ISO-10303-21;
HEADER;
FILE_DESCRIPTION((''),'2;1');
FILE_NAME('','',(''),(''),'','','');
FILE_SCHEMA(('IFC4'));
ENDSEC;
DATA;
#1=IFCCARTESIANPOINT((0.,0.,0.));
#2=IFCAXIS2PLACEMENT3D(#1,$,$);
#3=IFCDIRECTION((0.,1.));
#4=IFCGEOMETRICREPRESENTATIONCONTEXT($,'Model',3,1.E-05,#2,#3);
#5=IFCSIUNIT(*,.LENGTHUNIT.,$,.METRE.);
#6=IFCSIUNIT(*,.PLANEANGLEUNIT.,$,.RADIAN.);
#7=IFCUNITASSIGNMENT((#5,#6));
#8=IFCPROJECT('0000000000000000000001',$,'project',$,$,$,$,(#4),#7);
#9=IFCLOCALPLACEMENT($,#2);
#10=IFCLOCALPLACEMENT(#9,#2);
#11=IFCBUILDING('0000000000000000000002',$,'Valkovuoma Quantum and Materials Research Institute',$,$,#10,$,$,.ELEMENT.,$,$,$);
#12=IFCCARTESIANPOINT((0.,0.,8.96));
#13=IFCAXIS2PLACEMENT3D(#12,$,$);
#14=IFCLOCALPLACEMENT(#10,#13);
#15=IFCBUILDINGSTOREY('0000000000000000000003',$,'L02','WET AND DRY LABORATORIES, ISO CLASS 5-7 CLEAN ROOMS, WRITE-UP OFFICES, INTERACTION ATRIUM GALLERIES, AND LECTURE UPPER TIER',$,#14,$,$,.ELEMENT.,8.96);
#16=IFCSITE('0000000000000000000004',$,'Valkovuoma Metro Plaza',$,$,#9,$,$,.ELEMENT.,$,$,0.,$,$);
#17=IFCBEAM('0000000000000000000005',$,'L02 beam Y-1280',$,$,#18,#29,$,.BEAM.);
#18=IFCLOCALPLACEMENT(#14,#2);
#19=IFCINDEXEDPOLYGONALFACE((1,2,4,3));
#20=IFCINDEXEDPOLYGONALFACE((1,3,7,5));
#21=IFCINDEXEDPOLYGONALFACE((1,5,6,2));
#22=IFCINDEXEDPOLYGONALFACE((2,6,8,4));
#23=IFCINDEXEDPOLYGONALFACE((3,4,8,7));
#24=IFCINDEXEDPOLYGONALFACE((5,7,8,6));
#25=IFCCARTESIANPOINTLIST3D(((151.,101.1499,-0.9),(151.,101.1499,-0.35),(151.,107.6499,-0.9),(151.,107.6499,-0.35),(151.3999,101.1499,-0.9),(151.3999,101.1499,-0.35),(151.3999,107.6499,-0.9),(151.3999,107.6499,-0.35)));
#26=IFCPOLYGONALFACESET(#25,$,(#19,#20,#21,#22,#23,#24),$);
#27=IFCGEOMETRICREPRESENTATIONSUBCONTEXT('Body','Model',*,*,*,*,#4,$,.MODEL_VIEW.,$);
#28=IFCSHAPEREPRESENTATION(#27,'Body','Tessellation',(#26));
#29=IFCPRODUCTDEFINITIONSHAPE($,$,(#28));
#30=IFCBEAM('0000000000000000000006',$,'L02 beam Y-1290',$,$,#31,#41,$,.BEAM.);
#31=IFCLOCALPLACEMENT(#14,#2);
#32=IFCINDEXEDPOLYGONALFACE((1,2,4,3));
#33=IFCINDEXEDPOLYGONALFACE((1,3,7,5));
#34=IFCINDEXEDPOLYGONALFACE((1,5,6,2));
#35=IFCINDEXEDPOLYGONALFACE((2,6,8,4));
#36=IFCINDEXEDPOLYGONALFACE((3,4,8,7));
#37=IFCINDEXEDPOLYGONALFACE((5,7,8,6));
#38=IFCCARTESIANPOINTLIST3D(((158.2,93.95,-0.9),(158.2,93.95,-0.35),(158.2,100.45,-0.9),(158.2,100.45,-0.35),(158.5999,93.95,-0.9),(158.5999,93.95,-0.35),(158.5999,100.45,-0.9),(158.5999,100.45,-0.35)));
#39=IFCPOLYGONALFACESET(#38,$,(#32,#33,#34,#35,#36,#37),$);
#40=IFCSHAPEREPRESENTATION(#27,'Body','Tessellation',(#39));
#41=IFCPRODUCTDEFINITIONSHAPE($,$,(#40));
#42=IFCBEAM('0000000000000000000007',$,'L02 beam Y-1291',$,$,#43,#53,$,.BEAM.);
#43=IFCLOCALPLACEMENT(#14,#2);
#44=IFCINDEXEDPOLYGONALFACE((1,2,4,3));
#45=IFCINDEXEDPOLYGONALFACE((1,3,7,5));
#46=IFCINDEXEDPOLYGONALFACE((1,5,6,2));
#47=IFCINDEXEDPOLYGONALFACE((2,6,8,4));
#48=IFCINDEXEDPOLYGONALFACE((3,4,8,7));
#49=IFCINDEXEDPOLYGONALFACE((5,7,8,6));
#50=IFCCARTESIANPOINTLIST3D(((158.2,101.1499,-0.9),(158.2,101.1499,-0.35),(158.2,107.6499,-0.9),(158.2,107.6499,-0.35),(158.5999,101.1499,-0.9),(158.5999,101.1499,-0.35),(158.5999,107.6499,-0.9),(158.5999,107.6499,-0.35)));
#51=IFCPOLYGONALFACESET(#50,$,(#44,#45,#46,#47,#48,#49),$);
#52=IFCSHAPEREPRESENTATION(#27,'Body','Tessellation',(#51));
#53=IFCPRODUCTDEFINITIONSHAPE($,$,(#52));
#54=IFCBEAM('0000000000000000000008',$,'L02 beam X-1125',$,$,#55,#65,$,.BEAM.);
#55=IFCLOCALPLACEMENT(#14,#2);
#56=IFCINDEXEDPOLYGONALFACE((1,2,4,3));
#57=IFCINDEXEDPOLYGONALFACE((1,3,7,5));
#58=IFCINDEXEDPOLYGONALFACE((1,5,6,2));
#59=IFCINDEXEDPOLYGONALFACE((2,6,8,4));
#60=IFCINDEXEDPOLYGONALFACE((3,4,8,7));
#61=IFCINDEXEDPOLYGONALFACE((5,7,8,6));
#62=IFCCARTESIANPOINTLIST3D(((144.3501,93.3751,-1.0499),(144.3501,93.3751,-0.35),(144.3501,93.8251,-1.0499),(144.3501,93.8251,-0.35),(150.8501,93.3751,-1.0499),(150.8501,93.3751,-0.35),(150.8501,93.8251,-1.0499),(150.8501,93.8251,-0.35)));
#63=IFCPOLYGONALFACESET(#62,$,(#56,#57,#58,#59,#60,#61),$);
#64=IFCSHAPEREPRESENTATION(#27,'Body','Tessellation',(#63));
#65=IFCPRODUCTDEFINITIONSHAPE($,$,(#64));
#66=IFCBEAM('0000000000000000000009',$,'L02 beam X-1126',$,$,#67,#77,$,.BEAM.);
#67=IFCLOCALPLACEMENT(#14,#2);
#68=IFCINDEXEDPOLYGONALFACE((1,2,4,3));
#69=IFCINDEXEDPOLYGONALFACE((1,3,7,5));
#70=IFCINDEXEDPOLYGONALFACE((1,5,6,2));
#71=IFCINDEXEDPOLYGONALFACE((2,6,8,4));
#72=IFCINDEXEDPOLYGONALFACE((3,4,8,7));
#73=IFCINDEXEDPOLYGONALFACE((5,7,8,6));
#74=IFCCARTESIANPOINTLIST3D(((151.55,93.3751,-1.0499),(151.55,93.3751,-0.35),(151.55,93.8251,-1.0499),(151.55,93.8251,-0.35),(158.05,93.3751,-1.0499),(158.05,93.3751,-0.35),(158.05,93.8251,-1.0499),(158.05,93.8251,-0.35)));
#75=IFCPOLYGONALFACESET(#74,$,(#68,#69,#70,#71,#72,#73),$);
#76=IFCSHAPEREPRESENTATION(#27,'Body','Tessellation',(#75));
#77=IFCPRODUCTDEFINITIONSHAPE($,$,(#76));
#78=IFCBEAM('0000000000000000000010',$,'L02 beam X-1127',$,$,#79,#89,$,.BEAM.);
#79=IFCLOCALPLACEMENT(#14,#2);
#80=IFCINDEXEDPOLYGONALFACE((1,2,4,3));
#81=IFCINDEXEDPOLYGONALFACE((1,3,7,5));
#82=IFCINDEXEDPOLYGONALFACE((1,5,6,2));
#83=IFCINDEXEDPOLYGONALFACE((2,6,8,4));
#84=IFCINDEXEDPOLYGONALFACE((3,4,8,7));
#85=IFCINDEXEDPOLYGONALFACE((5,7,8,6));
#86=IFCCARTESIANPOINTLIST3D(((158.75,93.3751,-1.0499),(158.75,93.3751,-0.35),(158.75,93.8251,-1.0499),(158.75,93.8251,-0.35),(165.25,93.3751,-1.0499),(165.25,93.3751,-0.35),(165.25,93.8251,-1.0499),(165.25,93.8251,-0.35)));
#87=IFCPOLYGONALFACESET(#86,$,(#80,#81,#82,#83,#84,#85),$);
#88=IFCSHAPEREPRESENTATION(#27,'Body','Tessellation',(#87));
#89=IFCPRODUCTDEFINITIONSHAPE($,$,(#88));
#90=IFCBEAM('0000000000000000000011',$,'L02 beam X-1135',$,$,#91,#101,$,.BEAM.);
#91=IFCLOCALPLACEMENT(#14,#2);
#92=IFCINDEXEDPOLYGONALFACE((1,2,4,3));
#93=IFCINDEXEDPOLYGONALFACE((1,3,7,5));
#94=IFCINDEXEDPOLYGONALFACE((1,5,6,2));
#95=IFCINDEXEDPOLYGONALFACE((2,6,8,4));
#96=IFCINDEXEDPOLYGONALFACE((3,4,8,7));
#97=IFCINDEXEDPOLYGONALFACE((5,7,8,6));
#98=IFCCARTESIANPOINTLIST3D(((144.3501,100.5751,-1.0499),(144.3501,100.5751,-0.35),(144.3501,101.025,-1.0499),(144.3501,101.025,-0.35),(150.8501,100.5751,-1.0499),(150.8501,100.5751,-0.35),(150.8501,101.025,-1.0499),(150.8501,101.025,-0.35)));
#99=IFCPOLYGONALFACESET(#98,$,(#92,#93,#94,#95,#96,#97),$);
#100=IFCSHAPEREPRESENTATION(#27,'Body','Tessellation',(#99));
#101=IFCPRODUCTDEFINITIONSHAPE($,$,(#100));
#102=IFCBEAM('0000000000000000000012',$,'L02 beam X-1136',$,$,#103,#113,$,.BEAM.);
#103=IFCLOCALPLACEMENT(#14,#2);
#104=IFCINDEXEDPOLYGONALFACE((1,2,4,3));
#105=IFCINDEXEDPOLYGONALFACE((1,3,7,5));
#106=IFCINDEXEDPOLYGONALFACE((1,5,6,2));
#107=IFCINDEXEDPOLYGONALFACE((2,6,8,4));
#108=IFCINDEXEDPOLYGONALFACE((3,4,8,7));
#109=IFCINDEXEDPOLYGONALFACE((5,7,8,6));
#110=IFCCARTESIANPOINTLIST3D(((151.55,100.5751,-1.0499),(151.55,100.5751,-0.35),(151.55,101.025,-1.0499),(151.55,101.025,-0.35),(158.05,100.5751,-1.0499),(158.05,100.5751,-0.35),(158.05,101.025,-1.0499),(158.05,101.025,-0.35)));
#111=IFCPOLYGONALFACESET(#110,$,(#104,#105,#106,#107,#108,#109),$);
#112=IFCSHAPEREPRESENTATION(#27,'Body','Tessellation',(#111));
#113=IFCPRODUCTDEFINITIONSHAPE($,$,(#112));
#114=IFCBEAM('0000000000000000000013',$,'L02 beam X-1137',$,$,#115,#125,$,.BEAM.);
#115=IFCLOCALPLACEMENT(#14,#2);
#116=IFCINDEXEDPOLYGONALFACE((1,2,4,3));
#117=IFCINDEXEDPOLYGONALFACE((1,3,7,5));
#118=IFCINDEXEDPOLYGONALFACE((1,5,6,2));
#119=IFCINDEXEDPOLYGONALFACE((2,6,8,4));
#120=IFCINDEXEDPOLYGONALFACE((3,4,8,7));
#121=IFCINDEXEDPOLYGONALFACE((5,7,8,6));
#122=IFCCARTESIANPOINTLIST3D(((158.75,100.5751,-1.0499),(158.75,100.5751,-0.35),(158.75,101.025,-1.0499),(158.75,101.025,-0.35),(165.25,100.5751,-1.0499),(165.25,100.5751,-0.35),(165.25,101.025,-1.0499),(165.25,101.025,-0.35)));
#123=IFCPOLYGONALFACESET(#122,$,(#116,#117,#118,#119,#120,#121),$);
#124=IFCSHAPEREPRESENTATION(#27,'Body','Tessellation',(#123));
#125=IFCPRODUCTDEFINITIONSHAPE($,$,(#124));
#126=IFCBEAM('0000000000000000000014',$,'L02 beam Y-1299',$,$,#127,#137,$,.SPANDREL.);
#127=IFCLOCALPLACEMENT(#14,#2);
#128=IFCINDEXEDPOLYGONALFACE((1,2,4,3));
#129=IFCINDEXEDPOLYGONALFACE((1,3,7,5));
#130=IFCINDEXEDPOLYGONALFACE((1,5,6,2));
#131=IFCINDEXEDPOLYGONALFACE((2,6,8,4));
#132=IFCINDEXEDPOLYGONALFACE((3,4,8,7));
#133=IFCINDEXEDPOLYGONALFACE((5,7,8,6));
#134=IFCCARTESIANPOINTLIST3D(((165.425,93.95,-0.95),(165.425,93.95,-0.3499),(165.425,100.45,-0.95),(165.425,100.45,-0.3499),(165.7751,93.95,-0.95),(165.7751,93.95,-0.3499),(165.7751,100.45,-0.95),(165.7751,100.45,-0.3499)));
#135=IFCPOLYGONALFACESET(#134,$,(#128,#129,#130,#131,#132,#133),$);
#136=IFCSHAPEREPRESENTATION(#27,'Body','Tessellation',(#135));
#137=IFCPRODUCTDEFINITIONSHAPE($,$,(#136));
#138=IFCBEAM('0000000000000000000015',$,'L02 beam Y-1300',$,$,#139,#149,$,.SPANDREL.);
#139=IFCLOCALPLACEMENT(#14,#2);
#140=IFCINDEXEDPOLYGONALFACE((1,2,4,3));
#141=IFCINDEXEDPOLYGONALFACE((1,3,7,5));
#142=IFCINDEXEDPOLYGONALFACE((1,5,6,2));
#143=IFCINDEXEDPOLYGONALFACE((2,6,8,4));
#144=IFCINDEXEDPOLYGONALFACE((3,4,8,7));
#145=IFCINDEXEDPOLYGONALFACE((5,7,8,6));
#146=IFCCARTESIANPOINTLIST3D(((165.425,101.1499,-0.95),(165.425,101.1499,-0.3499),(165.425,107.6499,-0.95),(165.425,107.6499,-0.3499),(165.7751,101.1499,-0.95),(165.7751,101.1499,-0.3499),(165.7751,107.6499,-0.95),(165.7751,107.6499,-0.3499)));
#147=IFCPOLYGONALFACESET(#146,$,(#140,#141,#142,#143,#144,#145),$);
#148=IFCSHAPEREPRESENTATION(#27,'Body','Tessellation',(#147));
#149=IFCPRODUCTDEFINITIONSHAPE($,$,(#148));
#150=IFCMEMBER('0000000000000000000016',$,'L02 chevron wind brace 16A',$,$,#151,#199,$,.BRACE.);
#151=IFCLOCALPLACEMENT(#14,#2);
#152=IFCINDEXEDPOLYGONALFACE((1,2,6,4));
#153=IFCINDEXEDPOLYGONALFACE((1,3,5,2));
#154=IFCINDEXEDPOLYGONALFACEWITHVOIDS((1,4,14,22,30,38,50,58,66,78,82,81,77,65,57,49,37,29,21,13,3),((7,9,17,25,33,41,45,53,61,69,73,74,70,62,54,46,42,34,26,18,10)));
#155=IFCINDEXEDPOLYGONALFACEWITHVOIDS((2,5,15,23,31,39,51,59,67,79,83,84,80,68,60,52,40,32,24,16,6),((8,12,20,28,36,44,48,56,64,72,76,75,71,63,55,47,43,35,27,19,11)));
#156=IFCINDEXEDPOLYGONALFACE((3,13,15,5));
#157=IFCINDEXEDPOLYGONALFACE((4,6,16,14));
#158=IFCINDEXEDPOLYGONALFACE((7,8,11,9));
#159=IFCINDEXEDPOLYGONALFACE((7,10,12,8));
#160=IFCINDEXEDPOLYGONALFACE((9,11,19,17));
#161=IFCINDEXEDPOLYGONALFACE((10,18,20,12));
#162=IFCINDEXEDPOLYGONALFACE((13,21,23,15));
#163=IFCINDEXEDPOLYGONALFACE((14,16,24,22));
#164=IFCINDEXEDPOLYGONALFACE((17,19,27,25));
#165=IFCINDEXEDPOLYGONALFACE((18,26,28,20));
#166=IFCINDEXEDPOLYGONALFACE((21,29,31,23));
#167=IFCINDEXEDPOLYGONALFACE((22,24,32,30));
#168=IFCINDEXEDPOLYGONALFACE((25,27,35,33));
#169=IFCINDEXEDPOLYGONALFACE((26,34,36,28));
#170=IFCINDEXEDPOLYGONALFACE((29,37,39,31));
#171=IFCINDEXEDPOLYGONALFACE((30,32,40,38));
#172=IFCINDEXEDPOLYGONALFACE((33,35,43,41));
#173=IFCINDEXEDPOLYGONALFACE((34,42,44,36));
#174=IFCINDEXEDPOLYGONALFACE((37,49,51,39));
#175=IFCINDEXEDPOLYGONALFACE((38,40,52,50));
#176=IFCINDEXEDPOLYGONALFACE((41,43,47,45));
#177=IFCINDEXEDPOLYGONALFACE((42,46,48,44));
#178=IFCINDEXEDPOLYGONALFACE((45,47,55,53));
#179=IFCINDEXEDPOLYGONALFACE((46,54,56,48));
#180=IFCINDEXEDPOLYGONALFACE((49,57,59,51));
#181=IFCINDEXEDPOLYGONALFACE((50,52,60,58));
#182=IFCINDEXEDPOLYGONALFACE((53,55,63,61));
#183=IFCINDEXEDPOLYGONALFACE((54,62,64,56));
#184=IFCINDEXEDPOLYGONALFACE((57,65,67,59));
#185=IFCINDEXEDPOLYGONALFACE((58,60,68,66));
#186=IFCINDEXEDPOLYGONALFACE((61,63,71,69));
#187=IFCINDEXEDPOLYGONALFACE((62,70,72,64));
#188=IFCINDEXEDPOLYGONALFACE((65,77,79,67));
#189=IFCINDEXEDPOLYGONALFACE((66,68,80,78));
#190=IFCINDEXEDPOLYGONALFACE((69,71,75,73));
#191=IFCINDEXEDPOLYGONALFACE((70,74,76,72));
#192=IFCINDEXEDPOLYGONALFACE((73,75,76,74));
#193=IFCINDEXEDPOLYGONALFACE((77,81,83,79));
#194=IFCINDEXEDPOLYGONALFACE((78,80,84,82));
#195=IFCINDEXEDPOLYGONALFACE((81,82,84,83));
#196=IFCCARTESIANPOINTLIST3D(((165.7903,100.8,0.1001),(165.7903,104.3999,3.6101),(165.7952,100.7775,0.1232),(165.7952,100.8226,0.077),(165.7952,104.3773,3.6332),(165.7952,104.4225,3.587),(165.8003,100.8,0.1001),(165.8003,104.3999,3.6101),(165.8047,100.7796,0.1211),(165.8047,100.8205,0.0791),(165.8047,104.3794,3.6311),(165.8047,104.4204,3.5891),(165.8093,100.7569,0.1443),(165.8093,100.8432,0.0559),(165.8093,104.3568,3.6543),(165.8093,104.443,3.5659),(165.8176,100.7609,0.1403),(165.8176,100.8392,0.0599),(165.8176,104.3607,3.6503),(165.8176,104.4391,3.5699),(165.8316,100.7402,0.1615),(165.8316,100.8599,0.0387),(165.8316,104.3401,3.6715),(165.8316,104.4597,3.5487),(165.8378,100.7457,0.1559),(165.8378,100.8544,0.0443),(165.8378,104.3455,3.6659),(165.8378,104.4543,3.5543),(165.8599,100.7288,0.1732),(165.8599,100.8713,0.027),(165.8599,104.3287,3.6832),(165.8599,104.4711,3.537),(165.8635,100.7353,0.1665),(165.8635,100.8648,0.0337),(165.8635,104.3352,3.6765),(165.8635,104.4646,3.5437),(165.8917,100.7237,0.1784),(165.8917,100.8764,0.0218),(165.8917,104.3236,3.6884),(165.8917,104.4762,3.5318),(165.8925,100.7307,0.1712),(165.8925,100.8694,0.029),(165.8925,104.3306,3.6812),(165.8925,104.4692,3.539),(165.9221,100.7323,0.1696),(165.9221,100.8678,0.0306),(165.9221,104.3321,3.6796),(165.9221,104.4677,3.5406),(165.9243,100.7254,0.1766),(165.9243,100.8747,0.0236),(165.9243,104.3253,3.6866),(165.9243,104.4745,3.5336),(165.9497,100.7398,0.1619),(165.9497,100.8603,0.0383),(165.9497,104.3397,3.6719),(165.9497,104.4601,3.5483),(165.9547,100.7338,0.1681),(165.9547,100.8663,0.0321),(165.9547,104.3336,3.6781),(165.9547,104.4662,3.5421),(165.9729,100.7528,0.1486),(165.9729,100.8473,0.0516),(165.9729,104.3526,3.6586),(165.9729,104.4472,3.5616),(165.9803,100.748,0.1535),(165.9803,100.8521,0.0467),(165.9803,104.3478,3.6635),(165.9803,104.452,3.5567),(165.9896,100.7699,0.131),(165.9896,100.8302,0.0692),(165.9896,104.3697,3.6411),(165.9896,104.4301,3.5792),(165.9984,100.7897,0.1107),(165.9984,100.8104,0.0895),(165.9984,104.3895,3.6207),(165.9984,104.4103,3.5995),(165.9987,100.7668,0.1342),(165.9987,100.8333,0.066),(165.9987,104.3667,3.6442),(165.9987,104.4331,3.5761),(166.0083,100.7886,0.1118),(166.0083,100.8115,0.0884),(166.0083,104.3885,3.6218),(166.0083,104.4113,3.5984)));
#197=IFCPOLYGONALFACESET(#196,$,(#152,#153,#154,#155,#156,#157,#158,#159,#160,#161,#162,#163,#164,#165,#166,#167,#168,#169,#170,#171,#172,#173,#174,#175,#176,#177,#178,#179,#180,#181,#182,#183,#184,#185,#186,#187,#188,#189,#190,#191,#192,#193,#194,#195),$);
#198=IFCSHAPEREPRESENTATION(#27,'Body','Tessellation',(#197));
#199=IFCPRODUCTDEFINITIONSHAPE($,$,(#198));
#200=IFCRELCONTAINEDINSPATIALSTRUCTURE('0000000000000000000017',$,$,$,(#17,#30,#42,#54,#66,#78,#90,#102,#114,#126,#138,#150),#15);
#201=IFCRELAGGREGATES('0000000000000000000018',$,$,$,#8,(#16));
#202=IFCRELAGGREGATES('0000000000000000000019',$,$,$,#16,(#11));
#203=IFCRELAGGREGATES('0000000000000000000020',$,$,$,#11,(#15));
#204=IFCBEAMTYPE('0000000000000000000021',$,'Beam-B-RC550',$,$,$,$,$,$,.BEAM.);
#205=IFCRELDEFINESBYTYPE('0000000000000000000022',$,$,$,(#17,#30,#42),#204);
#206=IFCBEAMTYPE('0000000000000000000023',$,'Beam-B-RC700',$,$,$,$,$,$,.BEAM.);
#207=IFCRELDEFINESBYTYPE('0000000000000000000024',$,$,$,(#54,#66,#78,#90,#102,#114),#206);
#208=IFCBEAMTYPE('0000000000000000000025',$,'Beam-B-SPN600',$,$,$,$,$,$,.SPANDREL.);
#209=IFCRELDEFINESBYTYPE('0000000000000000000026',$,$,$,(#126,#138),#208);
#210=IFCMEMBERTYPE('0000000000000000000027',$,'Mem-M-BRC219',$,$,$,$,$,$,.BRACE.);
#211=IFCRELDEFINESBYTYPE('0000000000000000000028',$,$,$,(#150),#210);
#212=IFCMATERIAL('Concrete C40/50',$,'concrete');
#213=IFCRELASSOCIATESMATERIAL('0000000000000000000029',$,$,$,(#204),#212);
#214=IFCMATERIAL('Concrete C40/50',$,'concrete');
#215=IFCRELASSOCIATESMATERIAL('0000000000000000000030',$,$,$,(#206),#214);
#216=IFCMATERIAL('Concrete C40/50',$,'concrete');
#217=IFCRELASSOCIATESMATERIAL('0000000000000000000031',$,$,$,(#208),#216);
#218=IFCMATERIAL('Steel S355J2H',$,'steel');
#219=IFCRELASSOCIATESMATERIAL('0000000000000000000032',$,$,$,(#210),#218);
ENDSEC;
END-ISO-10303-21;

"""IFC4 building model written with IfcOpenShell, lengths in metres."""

from ifc_helpers import new_model, si_unit, direction, frame, origin, origin_2d, place, context, subcontext, project, spatial, rectangle, hollow_circle, extrude, material, material_profile, profile_set, type_object, element, save


model = new_model("IFC4")

# Units and contexts
model_context = context("Model", 3, precision=1e-05, world=origin(), true_north=direction((0.0, 1.0)))
body_context = subcontext(model_context, "Body", "Model", "MODEL_VIEW")
ifc_project = project(units=[si_unit("LENGTHUNIT", "METRE"), si_unit("PLANEANGLEUNIT", "RADIAN")], contexts=[model_context])

# Site, building, storey
site_placement = place(None, origin())
site = spatial("IfcSite", under=ifc_project, at=site_placement, Name="Valkovuoma Metro Plaza", CompositionType="ELEMENT", RefElevation=0.0)
building_placement = place(site_placement, origin())
building = spatial("IfcBuilding", under=site, at=building_placement, Name="Valkovuoma Quantum and Materials Research Institute", CompositionType="ELEMENT")
storey_placement = place(building_placement, frame((0.0, 0.0, 8.96)))
storey = spatial("IfcBuildingStorey", under=building, at=storey_placement, Name="L02", Description="WET AND DRY LABORATORIES, ISO CLASS 5-7 CLEAN ROOMS, WRITE-UP OFFICES, INTERACTION ATRIUM GALLERIES, AND LECTURE UPPER TIER", CompositionType="ELEMENT", Elevation=8.96)

# Beams
ifc_material_1 = material(Name="Concrete C40/50", Category="concrete")
ifc_material_profile_1 = material_profile(ifc_material_1, rectangle(XDim=0.3999, YDim=0.55, at=origin_2d()), Name="Concrete C40/50")
ifc_profile_set_1 = profile_set([ifc_material_profile_1], Name="Concrete C40/50")
beam_type_1 = type_object("IfcBeamType", Name="Beam-B-RC550", PredefinedType="BEAM", material=ifc_profile_set_1)
for number, where, z_axis, x_axis, name in (
    (1, (151.2, 101.1499, -0.625), (0.0, 1.0, 0.0), (-1.0, 0.0, 0.0), "L02 beam Y-1280"),
    (2, (158.3999, 93.95, -0.625), (0.0, 1.0, 0.0), (-1.0, 0.0, 0.0), "L02 beam Y-1290"),
    (3, (158.3999, 101.1499, -0.625), (0.0, 1.0, 0.0), (-1.0, 0.0, 0.0), "L02 beam Y-1291"),
):
    element("IfcBeam", number, at=place(storey_placement, frame(where, z_axis=z_axis, x_axis=x_axis)), inside=storey, type_object=beam_type_1, Name=name, PredefinedType="BEAM", context=body_context, shape_type="SweptSolid", body=[
        extrude(rectangle(XDim=0.3999, YDim=0.55, at=origin_2d()), origin(), (0.0, 0.0, 1.0), 6.5),
    ])
ifc_material_2 = material(Name="Concrete C40/50", Category="concrete")
ifc_material_profile_2 = material_profile(ifc_material_2, rectangle(XDim=0.45, YDim=0.7, at=origin_2d()), Name="Concrete C40/50")
ifc_profile_set_2 = profile_set([ifc_material_profile_2], Name="Concrete C40/50")
beam_type_2 = type_object("IfcBeamType", Name="Beam-B-RC700", PredefinedType="BEAM", material=ifc_profile_set_2)
for number, where, z_axis, x_axis, name in (
    (4, (144.3501, 93.6001, -0.7), (1.0, 0.0, 0.0), (0.0, 1.0, 0.0), "L02 beam X-1125"),
    (5, (151.55, 93.6001, -0.7), (1.0, 0.0, 0.0), (0.0, 1.0, 0.0), "L02 beam X-1126"),
    (6, (158.75, 93.6001, -0.7), (1.0, 0.0, 0.0), (0.0, 1.0, 0.0), "L02 beam X-1127"),
    (7, (144.3501, 100.8, -0.7), (1.0, 0.0, 0.0), (0.0, 1.0, 0.0), "L02 beam X-1135"),
    (8, (151.55, 100.8, -0.7), (1.0, 0.0, 0.0), (0.0, 1.0, 0.0), "L02 beam X-1136"),
    (9, (158.75, 100.8, -0.7), (1.0, 0.0, 0.0), (0.0, 1.0, 0.0), "L02 beam X-1137"),
):
    element("IfcBeam", number, at=place(storey_placement, frame(where, z_axis=z_axis, x_axis=x_axis)), inside=storey, type_object=beam_type_2, Name=name, PredefinedType="BEAM", context=body_context, shape_type="SweptSolid", body=[
        extrude(rectangle(XDim=0.45, YDim=0.7, at=origin_2d()), origin(), (0.0, 0.0, 1.0), 6.5),
    ])
ifc_material_3 = material(Name="Concrete C40/50", Category="concrete")
ifc_material_profile_3 = material_profile(ifc_material_3, rectangle(XDim=0.3501, YDim=0.6001, at=origin_2d()), Name="Concrete C40/50")
ifc_profile_set_3 = profile_set([ifc_material_profile_3], Name="Concrete C40/50")
beam_type_3 = type_object("IfcBeamType", Name="Beam-B-SPN600", PredefinedType="SPANDREL", material=ifc_profile_set_3)
for number, where, z_axis, x_axis, name in (
    (10, (165.6001, 93.95, -0.6499), (0.0, 1.0, 0.0), (-1.0, 0.0, 0.0), "L02 beam Y-1299"),
    (11, (165.6001, 101.1499, -0.6499), (0.0, 1.0, 0.0), (-1.0, 0.0, 0.0), "L02 beam Y-1300"),
):
    element("IfcBeam", number, at=place(storey_placement, frame(where, z_axis=z_axis, x_axis=x_axis)), inside=storey, type_object=beam_type_3, Name=name, PredefinedType="SPANDREL", context=body_context, shape_type="SweptSolid", body=[
        extrude(rectangle(XDim=0.3501, YDim=0.6001, at=origin_2d()), origin(), (0.0, 0.0, 1.0), 6.5),
    ])

# Member
ifc_material_4 = material(Name="Steel S355J2H", Category="steel")
ifc_material_profile_4 = material_profile(ifc_material_4, hollow_circle(Radius=0.1096, WallThickness=0.01, at=origin_2d()), Name="Steel S355J2H")
ifc_profile_set_4 = profile_set([ifc_material_profile_4], Name="Steel S355J2H")
member_type = type_object("IfcMemberType", Name="Mem-M-BRC219", PredefinedType="BRACE", material=ifc_profile_set_4)
member_placement = place(storey_placement, frame((165.8999, 100.8, 0.1001), z_axis=(0.0, 0.715985, 0.698116), x_axis=(-1.0, 0.0, 0.0)))
element("IfcMember", 12, at=member_placement, inside=storey, type_object=member_type, Name="L02 chevron wind brace 16A", PredefinedType="BRACE", context=body_context, shape_type="SweptSolid", body=[
    extrude(hollow_circle(Radius=0.1096, WallThickness=0.01, at=origin_2d()), origin(), (0.0, 0.0, 1.0), 5.0278),
])

save(model, "model.ifc")
